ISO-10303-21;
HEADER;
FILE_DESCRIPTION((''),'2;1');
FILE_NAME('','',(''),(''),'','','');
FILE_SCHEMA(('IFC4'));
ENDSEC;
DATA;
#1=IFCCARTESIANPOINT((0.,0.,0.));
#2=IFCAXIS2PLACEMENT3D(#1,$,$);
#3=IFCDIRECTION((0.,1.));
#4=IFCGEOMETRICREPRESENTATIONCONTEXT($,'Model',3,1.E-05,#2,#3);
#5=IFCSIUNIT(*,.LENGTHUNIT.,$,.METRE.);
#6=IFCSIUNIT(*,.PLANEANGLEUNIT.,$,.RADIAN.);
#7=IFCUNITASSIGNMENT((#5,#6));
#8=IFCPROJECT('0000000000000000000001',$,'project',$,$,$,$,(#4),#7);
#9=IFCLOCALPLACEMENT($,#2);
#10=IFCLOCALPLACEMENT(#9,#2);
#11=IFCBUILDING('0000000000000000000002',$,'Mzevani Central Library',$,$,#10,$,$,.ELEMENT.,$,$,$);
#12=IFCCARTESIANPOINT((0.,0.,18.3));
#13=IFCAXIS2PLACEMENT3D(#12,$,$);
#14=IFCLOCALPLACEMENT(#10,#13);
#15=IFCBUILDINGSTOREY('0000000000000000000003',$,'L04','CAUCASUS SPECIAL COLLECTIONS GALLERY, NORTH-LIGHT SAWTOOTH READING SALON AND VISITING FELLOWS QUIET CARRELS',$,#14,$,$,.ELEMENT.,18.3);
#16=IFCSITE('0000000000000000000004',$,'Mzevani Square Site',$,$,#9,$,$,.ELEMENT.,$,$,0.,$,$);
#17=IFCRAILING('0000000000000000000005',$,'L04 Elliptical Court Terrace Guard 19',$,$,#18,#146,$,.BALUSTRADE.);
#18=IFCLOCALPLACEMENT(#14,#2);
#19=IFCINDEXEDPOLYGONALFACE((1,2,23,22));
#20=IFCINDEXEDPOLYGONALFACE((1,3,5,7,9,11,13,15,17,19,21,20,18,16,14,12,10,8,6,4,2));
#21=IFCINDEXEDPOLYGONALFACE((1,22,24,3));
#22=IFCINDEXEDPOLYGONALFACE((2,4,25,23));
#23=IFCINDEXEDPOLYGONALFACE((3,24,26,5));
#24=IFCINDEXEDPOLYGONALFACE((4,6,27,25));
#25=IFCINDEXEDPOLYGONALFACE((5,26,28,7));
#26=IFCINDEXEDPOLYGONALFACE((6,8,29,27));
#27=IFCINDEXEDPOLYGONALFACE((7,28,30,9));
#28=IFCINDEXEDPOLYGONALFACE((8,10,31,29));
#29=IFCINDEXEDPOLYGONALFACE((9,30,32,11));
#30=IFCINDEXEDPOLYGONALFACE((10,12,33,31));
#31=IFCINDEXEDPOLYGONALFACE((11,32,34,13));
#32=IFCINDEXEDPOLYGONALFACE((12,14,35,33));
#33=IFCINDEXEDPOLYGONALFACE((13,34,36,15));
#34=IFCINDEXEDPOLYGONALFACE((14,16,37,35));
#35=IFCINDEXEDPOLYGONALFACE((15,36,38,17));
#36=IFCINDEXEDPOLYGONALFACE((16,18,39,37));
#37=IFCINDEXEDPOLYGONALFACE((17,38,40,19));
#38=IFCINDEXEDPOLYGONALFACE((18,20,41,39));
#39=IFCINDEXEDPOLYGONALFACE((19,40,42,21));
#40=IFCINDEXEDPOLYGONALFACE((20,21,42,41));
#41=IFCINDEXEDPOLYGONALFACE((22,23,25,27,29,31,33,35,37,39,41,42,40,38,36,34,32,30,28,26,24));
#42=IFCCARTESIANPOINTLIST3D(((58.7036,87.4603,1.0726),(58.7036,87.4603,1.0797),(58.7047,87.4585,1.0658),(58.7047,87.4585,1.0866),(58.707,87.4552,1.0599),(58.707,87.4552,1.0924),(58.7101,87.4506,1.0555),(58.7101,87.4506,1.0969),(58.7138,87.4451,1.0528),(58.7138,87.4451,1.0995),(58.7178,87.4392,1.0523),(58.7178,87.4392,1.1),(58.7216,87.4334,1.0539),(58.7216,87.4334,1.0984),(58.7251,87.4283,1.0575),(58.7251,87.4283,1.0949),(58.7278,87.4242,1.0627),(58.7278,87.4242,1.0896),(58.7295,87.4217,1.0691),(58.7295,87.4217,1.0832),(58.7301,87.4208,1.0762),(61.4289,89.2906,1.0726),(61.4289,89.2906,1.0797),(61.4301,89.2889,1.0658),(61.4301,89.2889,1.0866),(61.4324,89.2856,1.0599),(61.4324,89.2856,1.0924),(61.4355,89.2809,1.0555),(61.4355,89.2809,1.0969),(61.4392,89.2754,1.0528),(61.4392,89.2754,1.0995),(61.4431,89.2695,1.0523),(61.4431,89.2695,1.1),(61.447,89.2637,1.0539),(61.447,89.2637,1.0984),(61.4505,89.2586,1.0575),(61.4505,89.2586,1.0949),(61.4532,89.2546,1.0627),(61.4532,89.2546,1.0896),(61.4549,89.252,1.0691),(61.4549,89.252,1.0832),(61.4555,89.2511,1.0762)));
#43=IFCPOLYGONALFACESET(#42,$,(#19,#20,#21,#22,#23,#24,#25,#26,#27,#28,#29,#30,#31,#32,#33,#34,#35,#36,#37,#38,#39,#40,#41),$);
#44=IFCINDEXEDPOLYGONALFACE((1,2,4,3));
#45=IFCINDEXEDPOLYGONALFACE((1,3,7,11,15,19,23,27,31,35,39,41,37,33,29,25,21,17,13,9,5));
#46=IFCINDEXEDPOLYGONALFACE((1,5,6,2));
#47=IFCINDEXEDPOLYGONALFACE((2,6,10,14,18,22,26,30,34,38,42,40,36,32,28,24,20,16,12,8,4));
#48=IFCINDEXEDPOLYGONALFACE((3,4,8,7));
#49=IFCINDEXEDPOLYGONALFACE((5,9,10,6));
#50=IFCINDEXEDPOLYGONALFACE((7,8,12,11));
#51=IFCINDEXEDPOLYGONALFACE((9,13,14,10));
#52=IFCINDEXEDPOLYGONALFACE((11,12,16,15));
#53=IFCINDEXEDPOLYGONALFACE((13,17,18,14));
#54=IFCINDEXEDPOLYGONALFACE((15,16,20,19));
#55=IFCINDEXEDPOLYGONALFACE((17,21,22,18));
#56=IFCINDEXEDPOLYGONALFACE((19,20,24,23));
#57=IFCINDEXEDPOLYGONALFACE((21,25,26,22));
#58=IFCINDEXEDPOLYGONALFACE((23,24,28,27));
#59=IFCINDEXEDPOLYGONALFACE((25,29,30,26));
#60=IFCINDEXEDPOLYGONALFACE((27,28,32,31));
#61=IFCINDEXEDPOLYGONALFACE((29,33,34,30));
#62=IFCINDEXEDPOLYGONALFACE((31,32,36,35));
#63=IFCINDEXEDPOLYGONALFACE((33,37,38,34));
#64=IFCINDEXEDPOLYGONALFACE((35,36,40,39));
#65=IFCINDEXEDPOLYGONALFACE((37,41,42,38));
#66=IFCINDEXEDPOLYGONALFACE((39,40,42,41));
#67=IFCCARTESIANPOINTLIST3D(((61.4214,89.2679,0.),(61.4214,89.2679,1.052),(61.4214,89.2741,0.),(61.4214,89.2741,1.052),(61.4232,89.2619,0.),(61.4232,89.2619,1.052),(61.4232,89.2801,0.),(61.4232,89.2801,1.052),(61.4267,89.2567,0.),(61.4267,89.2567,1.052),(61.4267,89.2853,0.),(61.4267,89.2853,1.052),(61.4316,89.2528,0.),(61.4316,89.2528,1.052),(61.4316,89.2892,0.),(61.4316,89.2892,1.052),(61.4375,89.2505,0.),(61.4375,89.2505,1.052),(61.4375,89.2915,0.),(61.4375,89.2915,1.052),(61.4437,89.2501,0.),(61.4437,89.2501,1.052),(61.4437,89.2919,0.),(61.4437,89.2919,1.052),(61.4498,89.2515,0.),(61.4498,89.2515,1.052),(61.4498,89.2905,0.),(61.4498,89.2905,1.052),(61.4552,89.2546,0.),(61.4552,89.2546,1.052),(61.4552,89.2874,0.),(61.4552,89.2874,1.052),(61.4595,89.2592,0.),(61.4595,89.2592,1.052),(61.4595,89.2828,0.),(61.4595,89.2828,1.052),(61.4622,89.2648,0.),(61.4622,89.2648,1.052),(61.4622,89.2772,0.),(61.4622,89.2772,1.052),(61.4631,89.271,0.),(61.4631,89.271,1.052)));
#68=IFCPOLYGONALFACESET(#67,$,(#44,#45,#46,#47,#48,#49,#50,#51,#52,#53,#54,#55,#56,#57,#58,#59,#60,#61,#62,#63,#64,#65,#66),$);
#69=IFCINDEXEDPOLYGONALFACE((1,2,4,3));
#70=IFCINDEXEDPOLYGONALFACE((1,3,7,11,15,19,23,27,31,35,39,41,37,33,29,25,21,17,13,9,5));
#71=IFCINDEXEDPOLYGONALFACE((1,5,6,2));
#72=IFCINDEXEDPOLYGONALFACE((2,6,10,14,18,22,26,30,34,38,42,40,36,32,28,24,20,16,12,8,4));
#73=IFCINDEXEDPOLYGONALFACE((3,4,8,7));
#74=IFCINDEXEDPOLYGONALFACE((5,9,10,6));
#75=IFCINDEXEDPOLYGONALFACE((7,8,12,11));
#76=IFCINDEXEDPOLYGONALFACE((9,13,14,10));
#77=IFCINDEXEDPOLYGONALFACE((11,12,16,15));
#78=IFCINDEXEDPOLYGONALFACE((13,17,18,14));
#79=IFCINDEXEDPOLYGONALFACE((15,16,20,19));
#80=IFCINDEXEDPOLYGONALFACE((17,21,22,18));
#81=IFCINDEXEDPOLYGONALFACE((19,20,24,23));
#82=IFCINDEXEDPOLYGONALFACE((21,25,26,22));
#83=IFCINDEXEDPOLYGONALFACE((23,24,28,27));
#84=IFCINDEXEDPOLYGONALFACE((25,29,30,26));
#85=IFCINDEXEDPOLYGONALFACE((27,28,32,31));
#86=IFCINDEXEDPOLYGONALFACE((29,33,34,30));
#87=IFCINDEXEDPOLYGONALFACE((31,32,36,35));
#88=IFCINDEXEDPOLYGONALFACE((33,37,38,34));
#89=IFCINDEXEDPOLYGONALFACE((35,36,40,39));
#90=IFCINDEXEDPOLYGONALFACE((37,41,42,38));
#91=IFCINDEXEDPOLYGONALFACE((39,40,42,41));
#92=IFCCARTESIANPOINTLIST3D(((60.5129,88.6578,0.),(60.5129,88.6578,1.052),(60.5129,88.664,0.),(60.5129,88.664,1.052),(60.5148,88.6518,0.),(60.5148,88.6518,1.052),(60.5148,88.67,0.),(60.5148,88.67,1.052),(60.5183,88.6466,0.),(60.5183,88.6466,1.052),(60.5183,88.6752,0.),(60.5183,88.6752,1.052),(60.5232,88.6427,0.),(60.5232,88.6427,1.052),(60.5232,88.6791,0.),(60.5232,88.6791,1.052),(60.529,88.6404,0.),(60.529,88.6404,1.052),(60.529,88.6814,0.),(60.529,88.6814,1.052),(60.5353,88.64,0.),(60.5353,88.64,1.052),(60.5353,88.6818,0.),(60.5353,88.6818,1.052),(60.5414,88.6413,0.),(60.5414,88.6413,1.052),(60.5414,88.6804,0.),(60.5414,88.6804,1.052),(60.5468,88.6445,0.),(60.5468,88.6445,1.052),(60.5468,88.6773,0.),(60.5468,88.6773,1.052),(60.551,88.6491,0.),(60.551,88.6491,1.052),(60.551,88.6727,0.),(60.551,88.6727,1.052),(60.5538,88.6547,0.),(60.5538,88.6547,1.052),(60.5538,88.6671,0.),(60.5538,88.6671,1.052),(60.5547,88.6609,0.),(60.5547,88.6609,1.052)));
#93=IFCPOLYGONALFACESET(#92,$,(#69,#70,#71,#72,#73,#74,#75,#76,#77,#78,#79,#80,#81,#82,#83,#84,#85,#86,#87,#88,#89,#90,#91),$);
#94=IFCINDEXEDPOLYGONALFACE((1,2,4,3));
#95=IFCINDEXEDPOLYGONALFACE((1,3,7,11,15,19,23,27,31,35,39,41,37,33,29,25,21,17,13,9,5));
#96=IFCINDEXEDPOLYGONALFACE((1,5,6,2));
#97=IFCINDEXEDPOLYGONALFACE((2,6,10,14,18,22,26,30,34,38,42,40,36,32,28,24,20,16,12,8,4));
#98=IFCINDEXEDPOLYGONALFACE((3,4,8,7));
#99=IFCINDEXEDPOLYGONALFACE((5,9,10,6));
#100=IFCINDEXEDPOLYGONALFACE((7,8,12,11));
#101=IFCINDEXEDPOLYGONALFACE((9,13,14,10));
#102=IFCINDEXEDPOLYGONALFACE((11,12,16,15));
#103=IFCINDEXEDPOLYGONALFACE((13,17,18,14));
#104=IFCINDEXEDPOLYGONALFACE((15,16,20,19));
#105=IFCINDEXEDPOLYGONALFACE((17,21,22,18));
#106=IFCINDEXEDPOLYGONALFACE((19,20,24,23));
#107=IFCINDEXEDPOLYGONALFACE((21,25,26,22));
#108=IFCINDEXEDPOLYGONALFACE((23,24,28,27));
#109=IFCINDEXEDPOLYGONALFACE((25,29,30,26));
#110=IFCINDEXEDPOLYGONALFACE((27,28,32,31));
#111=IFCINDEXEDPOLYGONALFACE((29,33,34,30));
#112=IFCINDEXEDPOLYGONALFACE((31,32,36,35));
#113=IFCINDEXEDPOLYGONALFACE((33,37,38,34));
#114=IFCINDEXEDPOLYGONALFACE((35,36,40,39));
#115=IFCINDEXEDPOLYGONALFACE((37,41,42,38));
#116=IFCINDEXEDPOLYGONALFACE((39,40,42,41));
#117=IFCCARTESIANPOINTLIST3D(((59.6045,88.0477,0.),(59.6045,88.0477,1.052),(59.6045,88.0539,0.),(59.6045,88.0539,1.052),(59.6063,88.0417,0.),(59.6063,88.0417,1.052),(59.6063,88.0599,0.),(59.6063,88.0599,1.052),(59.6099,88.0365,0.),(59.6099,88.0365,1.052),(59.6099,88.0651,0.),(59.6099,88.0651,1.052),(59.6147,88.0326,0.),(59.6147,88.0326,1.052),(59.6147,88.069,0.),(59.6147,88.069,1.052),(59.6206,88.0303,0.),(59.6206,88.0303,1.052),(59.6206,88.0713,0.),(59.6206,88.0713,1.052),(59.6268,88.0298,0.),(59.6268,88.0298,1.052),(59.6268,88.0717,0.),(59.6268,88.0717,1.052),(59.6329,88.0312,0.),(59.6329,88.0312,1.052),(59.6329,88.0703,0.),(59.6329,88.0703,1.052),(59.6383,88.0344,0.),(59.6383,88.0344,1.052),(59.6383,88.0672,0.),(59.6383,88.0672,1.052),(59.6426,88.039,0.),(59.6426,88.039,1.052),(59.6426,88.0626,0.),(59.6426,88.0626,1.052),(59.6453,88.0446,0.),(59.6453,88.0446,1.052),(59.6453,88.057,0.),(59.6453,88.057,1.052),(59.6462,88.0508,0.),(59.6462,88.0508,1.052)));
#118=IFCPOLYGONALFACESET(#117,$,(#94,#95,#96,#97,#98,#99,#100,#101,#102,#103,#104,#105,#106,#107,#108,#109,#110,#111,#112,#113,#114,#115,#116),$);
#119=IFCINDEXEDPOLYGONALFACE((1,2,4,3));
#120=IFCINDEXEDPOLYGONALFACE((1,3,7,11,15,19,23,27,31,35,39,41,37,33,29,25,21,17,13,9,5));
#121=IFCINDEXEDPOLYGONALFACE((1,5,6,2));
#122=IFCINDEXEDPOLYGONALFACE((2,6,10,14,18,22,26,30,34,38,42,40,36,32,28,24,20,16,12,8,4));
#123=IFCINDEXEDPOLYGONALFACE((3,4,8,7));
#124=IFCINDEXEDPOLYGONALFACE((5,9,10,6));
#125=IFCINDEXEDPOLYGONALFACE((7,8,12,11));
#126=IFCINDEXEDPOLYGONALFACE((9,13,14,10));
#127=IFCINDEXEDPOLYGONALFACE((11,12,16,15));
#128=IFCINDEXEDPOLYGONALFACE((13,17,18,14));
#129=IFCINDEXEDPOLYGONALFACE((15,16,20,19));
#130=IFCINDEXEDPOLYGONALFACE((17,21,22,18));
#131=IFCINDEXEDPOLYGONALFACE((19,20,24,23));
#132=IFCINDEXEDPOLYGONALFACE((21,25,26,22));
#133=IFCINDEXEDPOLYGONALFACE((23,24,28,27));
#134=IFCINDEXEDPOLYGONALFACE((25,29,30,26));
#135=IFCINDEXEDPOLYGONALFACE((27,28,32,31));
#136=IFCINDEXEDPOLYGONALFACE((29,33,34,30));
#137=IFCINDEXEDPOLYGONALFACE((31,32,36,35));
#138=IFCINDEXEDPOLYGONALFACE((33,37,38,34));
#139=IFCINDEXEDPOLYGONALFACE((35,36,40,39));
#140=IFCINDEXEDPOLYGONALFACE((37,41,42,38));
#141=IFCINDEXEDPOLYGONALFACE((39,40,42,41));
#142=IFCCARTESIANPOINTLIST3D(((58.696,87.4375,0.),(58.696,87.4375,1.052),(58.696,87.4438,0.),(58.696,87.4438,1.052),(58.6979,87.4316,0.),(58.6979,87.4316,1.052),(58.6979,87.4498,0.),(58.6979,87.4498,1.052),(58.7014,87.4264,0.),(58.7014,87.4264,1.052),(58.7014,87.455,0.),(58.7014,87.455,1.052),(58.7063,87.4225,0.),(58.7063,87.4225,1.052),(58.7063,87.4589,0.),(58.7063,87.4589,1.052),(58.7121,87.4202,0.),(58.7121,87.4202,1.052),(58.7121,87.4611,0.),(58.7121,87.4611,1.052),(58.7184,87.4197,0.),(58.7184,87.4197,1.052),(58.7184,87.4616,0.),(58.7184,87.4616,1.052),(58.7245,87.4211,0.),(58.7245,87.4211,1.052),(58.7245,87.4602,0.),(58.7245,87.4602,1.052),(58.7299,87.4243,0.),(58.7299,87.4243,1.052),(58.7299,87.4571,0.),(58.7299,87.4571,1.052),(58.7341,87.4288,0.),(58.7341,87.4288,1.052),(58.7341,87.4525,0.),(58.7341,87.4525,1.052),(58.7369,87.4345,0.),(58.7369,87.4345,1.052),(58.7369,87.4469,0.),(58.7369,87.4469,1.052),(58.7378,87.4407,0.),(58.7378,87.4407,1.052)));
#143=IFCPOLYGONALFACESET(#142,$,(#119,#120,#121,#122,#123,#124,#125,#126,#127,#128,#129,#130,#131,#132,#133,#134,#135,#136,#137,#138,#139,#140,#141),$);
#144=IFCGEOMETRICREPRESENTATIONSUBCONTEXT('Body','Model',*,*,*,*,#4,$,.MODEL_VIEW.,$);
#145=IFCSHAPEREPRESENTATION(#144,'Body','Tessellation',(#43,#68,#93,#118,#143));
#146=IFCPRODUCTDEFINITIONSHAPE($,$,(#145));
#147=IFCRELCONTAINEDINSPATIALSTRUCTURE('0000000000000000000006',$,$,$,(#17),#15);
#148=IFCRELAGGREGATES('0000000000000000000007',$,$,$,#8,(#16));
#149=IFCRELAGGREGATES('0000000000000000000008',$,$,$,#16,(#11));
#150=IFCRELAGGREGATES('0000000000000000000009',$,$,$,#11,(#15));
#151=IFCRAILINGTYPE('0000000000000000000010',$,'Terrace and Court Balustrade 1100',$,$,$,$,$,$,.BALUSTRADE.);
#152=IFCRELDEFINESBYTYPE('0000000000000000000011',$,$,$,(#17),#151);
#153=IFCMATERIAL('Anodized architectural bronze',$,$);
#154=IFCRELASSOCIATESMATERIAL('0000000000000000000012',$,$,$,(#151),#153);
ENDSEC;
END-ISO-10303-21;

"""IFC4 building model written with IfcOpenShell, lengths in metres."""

from ifc_helpers import new_model, si_unit, direction, frame, origin, origin_2d, place, context, subcontext, project, spatial, circle, extrude, material, type_object, element, save


model = new_model("IFC4")

# Units and contexts
model_context = context("Model", 3, precision=1e-05, world=origin(), true_north=direction((0.0, 1.0)))
body_context = subcontext(model_context, "Body", "Model", "MODEL_VIEW")
ifc_project = project(units=[si_unit("LENGTHUNIT", "METRE"), si_unit("PLANEANGLEUNIT", "RADIAN")], contexts=[model_context])

# Site, building, storey
site_placement = place(None, origin())
site = spatial("IfcSite", under=ifc_project, at=site_placement, Name="Mzevani Square Site", CompositionType="ELEMENT", RefElevation=0.0)
building_placement = place(site_placement, origin())
building = spatial("IfcBuilding", under=site, at=building_placement, Name="Mzevani Central Library", CompositionType="ELEMENT")
storey_placement = place(building_placement, frame((0.0, 0.0, 18.3)))
storey = spatial("IfcBuildingStorey", under=building, at=storey_placement, Name="L04", Description="CAUCASUS SPECIAL COLLECTIONS GALLERY, NORTH-LIGHT SAWTOOTH READING SALON AND VISITING FELLOWS QUIET CARRELS", CompositionType="ELEMENT", Elevation=18.3)

# Railing
ifc_material_1 = material(Name="Anodized architectural bronze")
railing_type = type_object("IfcRailingType", Name="Terrace and Court Balustrade 1100", PredefinedType="BALUSTRADE", material=ifc_material_1)
railing_1_placement = place(storey_placement, frame((61.4421, 89.271, 0.0)))
element("IfcRailing", 1, at=railing_1_placement, inside=storey, type_object=railing_type, Name="L04 Elliptical Court Terrace Guard 19", PredefinedType="BALUSTRADE", context=body_context, shape_type="SweptSolid", body=[
    extrude(circle(Radius=0.0239, at=origin_2d()), frame((0.0, 0.0, 1.0762), z_axis=(-0.830158, -0.557529, 0.0), x_axis=(0.557529, -0.830158, 0.0)), (0.0, 0.0, 1.0), 3.283),
    extrude(circle(Radius=0.021, at=origin_2d()), origin(), (0.0, 0.0, 1.0), 1.052),
    extrude(circle(Radius=0.021, at=origin_2d()), frame((-0.9084, -0.6101, 0.0)), (0.0, 0.0, 1.0), 1.052),
    extrude(circle(Radius=0.021, at=origin_2d()), frame((-1.8169, -1.2202, 0.0)), (0.0, 0.0, 1.0), 1.052),
    extrude(circle(Radius=0.021, at=origin_2d()), frame((-2.7253, -1.8303, 0.0)), (0.0, 0.0, 1.0), 1.052),
])

save(model, "model.ifc")
